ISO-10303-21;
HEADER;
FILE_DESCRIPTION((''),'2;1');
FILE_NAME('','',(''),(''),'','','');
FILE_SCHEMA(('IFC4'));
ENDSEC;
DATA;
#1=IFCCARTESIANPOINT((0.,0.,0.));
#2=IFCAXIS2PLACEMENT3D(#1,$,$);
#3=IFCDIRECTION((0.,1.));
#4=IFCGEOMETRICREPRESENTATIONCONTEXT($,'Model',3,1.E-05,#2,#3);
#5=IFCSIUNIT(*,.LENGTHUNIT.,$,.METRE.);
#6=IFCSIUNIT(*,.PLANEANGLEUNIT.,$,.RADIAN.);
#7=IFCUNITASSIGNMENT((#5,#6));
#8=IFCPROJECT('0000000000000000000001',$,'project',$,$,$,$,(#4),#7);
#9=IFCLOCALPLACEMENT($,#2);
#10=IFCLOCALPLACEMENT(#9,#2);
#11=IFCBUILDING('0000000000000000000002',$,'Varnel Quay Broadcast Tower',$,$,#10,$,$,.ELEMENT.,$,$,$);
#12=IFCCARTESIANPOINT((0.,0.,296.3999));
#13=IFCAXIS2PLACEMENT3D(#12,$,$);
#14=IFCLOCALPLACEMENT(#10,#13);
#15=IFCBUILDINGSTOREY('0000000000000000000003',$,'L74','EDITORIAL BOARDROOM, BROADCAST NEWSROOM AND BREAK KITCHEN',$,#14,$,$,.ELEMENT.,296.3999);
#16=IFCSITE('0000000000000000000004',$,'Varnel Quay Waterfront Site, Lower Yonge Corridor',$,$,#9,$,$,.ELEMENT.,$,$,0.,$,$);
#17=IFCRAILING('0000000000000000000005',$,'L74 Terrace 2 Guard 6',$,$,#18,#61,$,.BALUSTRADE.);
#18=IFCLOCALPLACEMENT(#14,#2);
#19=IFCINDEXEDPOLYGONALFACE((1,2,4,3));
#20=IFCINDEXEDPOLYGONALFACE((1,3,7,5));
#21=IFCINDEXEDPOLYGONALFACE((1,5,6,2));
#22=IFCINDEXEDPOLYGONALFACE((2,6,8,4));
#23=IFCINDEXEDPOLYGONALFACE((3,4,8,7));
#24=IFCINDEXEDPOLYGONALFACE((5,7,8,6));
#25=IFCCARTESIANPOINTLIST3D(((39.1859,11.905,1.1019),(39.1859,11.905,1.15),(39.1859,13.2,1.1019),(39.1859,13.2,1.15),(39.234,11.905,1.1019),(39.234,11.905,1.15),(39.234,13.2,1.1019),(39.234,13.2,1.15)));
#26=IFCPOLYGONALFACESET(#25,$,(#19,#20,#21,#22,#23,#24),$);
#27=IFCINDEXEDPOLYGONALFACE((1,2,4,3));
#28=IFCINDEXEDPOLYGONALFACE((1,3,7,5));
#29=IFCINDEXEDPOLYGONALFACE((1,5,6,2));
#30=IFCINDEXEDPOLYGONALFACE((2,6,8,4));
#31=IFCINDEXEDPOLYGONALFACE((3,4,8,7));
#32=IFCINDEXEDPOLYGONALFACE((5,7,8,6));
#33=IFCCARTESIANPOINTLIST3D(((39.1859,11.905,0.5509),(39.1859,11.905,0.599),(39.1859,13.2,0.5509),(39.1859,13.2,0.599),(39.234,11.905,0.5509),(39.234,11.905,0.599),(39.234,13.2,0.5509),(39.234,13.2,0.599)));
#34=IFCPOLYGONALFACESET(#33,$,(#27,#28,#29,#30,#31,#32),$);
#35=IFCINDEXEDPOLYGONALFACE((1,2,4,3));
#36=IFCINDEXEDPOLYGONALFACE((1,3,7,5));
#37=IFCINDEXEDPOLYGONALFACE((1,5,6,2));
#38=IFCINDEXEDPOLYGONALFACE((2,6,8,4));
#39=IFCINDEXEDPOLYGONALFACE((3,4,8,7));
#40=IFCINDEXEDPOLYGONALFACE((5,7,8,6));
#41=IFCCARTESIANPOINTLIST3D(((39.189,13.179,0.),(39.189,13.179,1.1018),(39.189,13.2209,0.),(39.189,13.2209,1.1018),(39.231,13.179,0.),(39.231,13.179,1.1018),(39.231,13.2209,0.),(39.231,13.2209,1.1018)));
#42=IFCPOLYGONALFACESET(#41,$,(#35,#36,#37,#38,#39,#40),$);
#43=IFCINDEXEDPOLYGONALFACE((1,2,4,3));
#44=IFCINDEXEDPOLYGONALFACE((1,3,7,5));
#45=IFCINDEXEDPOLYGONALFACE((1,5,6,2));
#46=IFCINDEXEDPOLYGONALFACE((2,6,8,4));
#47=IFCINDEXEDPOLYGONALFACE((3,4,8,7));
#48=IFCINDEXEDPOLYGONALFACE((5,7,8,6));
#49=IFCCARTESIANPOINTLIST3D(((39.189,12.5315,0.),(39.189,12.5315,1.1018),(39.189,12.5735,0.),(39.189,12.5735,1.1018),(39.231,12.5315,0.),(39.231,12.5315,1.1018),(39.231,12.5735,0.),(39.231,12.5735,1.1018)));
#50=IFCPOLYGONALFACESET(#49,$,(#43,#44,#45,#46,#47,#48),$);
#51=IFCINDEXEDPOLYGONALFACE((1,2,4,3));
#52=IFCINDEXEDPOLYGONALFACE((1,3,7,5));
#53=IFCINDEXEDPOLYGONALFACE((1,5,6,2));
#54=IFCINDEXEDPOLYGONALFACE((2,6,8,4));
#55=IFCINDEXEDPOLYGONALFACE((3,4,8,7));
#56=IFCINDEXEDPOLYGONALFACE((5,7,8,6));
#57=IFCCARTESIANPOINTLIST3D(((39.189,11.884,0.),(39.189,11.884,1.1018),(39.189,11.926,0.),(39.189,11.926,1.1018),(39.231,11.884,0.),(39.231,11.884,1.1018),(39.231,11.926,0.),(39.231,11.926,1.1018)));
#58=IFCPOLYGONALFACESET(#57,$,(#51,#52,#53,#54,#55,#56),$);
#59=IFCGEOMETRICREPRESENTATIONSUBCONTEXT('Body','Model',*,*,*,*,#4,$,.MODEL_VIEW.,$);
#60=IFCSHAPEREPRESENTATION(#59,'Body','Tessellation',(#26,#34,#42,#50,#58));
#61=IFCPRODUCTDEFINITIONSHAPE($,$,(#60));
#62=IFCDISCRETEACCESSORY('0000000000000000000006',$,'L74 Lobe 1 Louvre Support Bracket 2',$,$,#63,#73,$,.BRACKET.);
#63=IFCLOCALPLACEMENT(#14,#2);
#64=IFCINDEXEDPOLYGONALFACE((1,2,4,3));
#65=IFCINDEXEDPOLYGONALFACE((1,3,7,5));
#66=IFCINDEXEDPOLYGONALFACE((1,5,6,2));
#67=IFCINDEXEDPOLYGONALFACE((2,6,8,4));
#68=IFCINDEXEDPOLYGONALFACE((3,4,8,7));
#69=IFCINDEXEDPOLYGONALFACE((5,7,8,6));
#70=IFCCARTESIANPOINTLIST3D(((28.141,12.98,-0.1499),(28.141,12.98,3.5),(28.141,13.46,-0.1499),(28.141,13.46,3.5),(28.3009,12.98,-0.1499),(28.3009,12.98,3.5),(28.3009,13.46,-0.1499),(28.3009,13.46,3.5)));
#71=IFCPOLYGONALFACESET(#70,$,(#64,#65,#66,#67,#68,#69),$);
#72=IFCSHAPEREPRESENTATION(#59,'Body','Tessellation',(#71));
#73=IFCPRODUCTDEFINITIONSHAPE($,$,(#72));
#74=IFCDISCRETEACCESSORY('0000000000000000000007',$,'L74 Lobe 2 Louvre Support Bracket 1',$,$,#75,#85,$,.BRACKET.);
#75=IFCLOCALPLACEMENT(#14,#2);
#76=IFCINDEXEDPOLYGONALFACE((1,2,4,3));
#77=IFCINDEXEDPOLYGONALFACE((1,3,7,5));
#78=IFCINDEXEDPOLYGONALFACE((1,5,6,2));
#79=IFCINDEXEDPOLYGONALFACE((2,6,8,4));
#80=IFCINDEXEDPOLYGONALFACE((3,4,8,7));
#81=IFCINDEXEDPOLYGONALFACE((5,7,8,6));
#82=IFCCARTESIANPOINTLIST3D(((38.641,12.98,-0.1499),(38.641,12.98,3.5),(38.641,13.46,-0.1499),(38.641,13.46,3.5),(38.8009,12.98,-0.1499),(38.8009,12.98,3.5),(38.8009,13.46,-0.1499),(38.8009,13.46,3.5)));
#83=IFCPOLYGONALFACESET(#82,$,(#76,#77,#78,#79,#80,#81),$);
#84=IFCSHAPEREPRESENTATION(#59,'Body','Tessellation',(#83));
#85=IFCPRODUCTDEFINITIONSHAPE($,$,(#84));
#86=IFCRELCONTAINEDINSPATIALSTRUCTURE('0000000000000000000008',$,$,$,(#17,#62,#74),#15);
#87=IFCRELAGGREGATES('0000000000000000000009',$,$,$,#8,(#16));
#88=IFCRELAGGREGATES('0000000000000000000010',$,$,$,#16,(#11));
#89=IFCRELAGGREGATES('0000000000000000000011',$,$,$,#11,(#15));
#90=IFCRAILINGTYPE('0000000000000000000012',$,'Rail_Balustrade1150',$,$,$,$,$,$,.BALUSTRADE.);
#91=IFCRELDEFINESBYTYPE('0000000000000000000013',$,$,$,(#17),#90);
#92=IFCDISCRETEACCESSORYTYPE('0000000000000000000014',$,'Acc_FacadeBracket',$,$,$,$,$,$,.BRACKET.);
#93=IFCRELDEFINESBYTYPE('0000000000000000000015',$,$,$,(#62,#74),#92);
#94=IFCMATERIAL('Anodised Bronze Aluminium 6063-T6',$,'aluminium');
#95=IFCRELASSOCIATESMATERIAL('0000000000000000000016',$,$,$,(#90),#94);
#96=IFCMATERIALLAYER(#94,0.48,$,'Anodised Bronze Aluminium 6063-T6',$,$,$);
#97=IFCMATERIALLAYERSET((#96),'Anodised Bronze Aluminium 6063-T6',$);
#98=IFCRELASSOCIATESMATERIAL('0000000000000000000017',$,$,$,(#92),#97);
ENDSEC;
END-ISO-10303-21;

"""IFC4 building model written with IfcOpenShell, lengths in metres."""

from ifc_helpers import new_model, si_unit, direction, frame, origin, origin_2d, place, context, subcontext, project, spatial, rectangle, extrude, source, transform, mapped, material, layer, layer_set, type_object, type_shapes, element, save


model = new_model("IFC4")

# Units and contexts
model_context = context("Model", 3, precision=1e-05, world=origin(), true_north=direction((0.0, 1.0)))
body_context = subcontext(model_context, "Body", "Model", "MODEL_VIEW")
ifc_project = project(units=[si_unit("LENGTHUNIT", "METRE"), si_unit("PLANEANGLEUNIT", "RADIAN")], contexts=[model_context])

# Site, building, storey
site_placement = place(None, origin())
site = spatial("IfcSite", under=ifc_project, at=site_placement, Name="Varnel Quay Waterfront Site, Lower Yonge Corridor", CompositionType="ELEMENT", RefElevation=0.0)
building_placement = place(site_placement, origin())
building = spatial("IfcBuilding", under=site, at=building_placement, Name="Varnel Quay Broadcast Tower", CompositionType="ELEMENT")
storey_placement = place(building_placement, frame((0.0, 0.0, 296.3999)))
storey = spatial("IfcBuildingStorey", under=building, at=storey_placement, Name="L74", Description="EDITORIAL BOARDROOM, BROADCAST NEWSROOM AND BREAK KITCHEN", CompositionType="ELEMENT", Elevation=296.3999)

# Shared definitions
ifc_material_1 = material(Name="Anodised Bronze Aluminium 6063-T6", Category="aluminium")

# Railing
railing_type = type_object("IfcRailingType", Name="Rail_Balustrade1150", PredefinedType="BALUSTRADE", material=ifc_material_1)
railing_1_placement = place(storey_placement, frame((39.21, 13.2, 0.0)))
element("IfcRailing", 1, at=railing_1_placement, inside=storey, type_object=railing_type, Name="L74 Terrace 2 Guard 6", PredefinedType="BALUSTRADE", context=body_context, shape_type="SweptSolid", body=[
    extrude(rectangle(XDim=0.0481, YDim=0.0481, at=origin_2d()), frame((0.0, 0.0, 1.126), z_axis=(0.0, -1.0, 0.0), x_axis=(1.0, 0.0, 0.0)), (0.0, 0.0, 1.0), 1.2949),
    extrude(rectangle(XDim=0.0481, YDim=0.0481, at=origin_2d()), frame((0.0, 0.0, 0.575), z_axis=(0.0, -1.0, 0.0), x_axis=(1.0, 0.0, 0.0)), (0.0, 0.0, 1.0), 1.2949),
    extrude(rectangle(XDim=0.042, YDim=0.042, at=origin_2d()), origin(), (0.0, 0.0, 1.0), 1.1018),
    extrude(rectangle(XDim=0.042, YDim=0.042, at=origin_2d()), frame((0.0, -0.6475, 0.0)), (0.0, 0.0, 1.0), 1.1018),
    extrude(rectangle(XDim=0.042, YDim=0.042, at=origin_2d()), frame((0.0, -1.2949, 0.0)), (0.0, 0.0, 1.0), 1.1018),
])

# Discrete accessories
ifc_layer_1 = layer(ifc_material_1, 0.48, Name="Anodised Bronze Aluminium 6063-T6")
ifc_layer_set_1 = layer_set([ifc_layer_1], Name="Anodised Bronze Aluminium 6063-T6")
discrete_accessory_type = type_object("IfcDiscreteAccessoryType", Name="Acc_FacadeBracket", PredefinedType="BRACKET", material=ifc_layer_set_1)
shared_shape_1 = source(origin(), body_context, "Body", "SweptSolid", [
    extrude(rectangle(XDim=0.1599, YDim=0.48, at=origin_2d()), origin(), (0.0, 0.0, 1.0), 3.6499),
])
type_shapes(discrete_accessory_type, [shared_shape_1])
for number, where, z_axis, x_axis, name in (
    (2, (28.2209, 13.22, -0.1499), (0.0, 0.0, 1.0), (1.0, 0.0, 0.0), "L74 Lobe 1 Louvre Support Bracket 2"),
    (3, (38.7209, 13.22, -0.1499), (0.0, 0.0, 1.0), (1.0, 0.0, 0.0), "L74 Lobe 2 Louvre Support Bracket 1"),
):
    element("IfcDiscreteAccessory", number, at=place(storey_placement, frame(where, z_axis=z_axis, x_axis=x_axis)), inside=storey, type_object=discrete_accessory_type, Name=name, PredefinedType="BRACKET", context=body_context, shape_type="MappedRepresentation", body=[
        mapped(shared_shape_1, transform((0.0, 0.0, 0.0), x_axis=(1.0, 0.0, 0.0), y_axis=(0.0, 1.0, 0.0), z_axis=(0.0, 0.0, 1.0), scale=1.0)),
    ])

save(model, "model.ifc")
